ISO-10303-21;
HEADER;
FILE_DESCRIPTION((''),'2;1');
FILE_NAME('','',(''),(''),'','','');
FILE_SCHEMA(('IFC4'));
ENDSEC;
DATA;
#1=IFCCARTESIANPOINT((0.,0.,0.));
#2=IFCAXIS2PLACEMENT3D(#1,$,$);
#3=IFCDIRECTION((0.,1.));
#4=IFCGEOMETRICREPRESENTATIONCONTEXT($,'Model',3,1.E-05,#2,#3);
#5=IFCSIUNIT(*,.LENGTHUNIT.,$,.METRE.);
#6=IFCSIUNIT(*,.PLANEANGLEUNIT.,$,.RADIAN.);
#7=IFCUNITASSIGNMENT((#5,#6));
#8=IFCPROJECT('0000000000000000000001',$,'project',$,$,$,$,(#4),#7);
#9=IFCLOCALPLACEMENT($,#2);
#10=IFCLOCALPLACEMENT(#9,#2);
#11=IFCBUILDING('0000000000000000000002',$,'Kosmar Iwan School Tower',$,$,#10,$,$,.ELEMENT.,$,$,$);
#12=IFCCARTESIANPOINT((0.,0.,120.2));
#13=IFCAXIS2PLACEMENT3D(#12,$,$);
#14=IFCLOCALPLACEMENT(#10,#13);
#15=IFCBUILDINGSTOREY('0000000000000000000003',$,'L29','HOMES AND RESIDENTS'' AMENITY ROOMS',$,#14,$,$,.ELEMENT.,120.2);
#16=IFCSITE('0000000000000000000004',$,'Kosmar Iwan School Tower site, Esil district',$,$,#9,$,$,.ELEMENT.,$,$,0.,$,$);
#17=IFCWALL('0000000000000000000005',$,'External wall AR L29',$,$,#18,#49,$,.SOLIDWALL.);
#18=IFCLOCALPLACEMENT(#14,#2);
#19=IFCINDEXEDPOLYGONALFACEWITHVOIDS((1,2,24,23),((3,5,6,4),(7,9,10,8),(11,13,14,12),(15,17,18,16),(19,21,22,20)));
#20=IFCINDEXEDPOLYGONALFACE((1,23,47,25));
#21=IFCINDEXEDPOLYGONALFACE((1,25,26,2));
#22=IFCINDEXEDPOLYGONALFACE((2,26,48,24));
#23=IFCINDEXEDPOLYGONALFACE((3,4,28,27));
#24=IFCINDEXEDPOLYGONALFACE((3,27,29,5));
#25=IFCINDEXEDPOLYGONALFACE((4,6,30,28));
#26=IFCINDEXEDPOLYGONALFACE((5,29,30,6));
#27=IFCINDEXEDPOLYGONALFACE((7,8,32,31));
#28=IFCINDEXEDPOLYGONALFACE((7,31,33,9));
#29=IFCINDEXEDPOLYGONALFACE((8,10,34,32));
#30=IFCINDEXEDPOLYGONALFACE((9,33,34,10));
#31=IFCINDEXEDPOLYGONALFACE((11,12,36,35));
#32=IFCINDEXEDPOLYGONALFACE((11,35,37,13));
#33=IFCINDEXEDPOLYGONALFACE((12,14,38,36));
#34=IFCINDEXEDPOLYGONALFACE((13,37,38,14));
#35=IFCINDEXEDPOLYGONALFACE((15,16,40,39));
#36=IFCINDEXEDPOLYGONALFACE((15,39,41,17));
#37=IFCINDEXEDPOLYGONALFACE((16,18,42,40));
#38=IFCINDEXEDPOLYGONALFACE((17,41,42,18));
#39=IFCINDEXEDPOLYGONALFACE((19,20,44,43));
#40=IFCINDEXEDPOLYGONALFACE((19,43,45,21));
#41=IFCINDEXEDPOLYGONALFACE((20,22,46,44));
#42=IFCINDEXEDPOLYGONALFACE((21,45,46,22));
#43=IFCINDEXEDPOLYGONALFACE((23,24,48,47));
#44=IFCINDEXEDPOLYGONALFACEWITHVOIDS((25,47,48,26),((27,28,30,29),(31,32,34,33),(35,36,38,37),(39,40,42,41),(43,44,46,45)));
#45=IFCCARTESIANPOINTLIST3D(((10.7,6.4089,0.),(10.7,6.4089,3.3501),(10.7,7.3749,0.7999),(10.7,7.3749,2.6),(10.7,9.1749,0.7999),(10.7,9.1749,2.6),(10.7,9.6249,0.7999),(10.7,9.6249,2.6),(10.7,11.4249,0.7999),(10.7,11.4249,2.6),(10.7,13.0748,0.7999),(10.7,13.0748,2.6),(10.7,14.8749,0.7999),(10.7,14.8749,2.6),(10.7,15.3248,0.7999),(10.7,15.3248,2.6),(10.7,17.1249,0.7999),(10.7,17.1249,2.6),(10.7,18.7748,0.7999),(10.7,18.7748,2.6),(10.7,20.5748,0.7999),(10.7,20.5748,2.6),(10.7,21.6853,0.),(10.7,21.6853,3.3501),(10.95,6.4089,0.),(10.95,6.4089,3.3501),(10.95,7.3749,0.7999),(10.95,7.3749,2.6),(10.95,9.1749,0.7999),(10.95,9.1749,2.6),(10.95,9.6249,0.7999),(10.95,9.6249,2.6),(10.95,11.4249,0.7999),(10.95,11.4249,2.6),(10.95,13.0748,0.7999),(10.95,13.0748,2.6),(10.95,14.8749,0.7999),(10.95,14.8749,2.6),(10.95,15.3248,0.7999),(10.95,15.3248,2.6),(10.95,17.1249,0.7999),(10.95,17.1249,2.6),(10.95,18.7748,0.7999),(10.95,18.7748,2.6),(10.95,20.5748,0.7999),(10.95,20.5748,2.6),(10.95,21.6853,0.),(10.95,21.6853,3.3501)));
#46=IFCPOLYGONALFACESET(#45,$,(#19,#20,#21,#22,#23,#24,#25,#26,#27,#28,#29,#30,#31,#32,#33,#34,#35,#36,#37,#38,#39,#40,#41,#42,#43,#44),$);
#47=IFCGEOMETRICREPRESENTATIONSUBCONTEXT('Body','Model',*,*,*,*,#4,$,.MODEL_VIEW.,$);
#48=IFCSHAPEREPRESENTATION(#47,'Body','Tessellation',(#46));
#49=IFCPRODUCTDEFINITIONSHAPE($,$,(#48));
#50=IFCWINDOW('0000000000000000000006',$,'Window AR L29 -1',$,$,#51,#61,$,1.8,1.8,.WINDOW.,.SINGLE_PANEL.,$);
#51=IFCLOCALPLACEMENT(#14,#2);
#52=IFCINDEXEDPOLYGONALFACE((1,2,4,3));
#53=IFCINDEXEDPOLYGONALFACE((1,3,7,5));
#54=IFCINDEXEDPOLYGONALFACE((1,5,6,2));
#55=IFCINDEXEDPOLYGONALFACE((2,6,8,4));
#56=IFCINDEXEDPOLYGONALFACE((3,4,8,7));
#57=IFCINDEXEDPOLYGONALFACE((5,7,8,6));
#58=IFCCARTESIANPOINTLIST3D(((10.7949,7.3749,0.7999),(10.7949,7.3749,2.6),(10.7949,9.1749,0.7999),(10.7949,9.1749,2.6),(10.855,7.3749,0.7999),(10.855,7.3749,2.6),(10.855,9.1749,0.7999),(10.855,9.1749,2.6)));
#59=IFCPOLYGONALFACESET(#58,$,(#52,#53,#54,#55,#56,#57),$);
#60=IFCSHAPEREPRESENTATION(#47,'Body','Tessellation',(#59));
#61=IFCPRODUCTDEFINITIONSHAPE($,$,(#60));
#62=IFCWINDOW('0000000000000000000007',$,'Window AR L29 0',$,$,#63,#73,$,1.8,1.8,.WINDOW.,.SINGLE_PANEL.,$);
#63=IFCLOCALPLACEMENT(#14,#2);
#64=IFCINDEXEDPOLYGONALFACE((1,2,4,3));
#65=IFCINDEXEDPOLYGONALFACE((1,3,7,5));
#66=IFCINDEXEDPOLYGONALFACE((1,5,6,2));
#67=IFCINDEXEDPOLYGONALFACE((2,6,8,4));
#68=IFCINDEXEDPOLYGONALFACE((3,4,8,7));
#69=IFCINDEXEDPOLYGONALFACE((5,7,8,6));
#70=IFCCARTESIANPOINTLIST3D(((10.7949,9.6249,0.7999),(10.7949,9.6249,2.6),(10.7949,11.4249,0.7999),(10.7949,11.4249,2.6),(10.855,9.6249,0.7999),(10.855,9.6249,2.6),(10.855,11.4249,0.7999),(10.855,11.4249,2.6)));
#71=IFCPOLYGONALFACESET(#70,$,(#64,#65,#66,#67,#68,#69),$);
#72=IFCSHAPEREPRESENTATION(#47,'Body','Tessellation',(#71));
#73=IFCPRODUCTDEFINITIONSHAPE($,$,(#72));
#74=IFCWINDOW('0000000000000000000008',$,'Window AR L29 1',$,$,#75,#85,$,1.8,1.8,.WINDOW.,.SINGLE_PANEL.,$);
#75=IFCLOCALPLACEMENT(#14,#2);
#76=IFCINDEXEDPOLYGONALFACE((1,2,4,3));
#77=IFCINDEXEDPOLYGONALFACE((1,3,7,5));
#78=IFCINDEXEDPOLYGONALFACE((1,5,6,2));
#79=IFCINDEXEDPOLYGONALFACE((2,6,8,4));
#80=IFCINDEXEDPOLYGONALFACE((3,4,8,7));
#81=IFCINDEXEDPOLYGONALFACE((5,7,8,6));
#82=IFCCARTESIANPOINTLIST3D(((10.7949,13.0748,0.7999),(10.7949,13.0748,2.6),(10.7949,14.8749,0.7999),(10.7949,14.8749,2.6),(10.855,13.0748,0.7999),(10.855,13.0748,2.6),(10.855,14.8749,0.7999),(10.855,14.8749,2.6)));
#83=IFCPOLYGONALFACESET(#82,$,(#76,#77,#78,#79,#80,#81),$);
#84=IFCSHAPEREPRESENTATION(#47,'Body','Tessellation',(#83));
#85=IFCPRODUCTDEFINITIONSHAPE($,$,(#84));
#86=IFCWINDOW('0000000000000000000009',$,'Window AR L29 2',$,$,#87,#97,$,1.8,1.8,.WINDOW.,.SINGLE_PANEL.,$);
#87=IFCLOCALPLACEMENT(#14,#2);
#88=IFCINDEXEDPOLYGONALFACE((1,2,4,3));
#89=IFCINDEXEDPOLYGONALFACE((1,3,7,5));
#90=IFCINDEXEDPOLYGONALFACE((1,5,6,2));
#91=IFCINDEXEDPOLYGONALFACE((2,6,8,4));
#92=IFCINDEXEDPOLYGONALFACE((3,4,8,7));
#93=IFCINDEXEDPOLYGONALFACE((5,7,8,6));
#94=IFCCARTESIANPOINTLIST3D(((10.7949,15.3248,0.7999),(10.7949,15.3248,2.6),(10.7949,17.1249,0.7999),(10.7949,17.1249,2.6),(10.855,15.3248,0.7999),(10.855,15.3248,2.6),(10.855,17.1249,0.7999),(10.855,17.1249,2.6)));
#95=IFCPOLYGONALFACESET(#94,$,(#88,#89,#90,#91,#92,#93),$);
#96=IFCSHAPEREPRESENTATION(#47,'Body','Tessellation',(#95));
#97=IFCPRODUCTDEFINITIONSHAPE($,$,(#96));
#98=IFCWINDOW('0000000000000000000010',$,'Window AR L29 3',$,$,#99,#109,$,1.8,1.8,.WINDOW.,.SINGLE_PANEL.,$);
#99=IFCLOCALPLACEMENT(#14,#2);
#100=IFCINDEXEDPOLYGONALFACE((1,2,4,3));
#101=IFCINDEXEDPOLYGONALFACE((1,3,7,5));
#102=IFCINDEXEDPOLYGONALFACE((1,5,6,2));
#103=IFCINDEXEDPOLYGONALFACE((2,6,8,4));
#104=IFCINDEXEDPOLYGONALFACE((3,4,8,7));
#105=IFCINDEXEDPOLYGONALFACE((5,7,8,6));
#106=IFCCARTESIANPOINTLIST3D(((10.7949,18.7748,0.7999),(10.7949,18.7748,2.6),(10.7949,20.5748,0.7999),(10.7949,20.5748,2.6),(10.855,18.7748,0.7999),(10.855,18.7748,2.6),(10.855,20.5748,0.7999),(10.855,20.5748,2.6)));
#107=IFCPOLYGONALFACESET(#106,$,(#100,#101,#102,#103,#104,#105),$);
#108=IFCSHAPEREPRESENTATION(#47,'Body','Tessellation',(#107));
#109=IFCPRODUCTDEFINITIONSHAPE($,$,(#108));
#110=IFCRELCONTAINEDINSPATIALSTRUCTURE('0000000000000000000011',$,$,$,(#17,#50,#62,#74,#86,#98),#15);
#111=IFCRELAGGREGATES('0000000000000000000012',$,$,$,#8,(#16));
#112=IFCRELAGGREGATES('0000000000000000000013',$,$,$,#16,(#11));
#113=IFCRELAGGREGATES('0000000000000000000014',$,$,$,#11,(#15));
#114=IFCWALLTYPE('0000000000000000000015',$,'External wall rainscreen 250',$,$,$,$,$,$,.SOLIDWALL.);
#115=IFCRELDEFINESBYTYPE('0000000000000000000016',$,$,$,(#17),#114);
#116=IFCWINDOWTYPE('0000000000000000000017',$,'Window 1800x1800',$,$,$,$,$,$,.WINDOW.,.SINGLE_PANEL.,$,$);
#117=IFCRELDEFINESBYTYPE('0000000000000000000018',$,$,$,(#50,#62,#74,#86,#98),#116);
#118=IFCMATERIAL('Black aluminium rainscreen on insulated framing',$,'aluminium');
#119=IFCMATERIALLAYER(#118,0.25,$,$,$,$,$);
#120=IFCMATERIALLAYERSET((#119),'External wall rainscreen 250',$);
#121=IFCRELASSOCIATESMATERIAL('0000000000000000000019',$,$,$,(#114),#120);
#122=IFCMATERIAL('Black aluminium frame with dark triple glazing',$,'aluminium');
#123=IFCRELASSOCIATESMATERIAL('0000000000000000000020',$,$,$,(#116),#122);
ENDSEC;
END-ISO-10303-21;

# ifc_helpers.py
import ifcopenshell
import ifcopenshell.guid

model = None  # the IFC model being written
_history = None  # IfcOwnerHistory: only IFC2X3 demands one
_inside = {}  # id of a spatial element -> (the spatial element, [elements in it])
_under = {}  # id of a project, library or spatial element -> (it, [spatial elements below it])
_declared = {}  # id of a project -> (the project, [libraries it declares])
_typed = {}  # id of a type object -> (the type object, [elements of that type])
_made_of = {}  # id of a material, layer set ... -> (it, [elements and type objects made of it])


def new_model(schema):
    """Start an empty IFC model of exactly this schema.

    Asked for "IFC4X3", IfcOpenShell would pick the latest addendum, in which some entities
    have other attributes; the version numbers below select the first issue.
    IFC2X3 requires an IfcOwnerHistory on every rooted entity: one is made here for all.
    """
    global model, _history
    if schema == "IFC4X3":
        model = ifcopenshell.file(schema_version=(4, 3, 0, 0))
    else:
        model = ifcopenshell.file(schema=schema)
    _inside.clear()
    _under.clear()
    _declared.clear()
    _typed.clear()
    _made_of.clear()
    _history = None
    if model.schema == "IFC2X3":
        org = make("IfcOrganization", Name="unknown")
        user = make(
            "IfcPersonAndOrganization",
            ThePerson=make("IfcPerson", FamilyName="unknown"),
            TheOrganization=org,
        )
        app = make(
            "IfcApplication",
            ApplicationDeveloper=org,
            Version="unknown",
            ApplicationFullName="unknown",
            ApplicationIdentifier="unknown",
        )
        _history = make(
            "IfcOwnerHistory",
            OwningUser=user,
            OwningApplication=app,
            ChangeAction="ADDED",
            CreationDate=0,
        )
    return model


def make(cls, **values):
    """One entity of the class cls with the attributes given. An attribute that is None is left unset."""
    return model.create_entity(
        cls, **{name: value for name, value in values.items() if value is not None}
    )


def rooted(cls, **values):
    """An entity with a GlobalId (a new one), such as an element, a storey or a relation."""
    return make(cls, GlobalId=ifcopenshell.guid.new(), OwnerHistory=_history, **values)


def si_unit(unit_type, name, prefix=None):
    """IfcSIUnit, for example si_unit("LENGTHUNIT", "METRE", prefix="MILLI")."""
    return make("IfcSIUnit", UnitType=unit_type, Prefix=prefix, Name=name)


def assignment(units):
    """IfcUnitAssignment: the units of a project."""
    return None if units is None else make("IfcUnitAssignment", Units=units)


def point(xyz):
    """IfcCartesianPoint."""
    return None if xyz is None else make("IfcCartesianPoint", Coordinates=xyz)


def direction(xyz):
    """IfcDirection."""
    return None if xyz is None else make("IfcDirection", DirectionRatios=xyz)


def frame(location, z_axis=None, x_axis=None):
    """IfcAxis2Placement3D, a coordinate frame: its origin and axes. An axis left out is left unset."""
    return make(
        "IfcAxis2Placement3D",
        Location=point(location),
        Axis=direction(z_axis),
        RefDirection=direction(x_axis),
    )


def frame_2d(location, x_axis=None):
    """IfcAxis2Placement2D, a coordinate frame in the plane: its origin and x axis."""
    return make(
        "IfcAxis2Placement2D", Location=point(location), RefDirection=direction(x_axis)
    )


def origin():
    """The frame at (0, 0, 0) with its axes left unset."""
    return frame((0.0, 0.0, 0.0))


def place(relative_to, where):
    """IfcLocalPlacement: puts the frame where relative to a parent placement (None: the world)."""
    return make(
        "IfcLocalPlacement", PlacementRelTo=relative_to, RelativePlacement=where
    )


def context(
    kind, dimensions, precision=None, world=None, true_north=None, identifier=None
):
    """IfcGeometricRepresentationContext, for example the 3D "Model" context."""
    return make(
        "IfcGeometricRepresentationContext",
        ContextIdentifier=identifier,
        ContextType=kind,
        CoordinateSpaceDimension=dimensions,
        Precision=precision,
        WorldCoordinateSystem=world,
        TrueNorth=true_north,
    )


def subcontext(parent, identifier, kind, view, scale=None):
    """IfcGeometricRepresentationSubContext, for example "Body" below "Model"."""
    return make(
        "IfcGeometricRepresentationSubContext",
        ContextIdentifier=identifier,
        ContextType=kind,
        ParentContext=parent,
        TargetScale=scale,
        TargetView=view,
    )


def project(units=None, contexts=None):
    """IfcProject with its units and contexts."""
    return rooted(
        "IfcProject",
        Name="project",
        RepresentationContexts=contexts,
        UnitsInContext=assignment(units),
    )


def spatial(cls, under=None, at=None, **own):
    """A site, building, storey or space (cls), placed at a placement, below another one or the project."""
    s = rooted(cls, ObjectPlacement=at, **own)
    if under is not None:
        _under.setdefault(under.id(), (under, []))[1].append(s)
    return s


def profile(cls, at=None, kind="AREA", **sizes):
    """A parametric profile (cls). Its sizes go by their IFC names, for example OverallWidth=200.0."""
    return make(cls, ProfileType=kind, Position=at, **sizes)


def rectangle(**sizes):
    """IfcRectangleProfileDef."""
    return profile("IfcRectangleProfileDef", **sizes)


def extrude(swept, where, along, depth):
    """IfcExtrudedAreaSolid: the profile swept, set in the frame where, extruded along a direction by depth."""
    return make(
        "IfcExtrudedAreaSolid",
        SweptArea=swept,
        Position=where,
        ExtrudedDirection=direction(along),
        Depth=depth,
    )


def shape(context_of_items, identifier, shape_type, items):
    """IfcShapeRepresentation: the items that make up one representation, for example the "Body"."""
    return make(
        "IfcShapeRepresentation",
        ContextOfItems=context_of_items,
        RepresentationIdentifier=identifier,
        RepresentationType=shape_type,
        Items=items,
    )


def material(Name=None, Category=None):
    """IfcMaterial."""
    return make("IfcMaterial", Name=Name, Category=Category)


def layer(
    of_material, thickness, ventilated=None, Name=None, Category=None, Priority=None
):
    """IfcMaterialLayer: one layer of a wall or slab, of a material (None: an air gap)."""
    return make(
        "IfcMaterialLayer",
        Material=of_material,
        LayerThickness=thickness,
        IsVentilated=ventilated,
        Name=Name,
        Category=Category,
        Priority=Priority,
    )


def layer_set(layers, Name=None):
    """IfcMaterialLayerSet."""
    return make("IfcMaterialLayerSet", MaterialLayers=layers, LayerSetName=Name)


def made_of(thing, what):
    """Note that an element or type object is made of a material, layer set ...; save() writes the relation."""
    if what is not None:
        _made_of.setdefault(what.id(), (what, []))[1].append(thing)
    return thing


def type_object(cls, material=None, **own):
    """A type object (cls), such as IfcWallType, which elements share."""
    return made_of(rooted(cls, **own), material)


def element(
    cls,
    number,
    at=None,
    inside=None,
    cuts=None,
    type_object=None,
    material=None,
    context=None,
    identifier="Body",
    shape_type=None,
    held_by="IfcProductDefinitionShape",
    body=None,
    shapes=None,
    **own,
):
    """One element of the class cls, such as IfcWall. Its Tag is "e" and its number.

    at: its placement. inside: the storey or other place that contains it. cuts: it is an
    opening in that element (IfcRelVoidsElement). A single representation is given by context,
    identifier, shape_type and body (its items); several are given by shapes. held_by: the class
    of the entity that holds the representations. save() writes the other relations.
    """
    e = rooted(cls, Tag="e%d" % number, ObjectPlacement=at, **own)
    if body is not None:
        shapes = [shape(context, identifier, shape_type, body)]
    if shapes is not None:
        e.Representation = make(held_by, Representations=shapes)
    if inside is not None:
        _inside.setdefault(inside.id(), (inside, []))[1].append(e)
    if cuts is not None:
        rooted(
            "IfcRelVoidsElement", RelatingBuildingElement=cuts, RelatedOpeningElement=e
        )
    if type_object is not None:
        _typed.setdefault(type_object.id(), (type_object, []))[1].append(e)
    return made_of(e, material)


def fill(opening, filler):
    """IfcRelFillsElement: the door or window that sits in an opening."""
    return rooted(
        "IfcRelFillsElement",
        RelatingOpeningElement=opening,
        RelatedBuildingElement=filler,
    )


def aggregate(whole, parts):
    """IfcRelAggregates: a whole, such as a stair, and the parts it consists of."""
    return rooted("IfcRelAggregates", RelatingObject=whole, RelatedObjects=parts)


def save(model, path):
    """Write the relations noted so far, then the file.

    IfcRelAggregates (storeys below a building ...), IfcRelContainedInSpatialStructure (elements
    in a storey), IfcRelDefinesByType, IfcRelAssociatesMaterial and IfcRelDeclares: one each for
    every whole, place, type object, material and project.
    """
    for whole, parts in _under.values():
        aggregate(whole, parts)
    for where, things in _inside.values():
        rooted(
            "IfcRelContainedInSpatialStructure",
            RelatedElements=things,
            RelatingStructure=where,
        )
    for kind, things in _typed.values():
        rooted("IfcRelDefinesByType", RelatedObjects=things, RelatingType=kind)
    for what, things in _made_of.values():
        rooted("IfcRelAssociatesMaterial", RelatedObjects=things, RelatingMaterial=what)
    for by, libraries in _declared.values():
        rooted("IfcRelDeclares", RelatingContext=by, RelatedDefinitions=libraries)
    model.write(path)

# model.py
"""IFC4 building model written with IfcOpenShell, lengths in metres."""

from ifc_helpers import new_model, si_unit, direction, frame, frame_2d, origin, place, context, subcontext, project, spatial, rectangle, extrude, material, layer, layer_set, type_object, element, fill, save


model = new_model("IFC4")

# Units and contexts
model_context = context("Model", 3, precision=1e-05, world=origin(), true_north=direction((0.0, 1.0)))
body_context = subcontext(model_context, "Body", "Model", "MODEL_VIEW")
ifc_project = project(units=[si_unit("LENGTHUNIT", "METRE"), si_unit("PLANEANGLEUNIT", "RADIAN")], contexts=[model_context])

# Site, building, storey
site_placement = place(None, origin())
site = spatial("IfcSite", under=ifc_project, at=site_placement, Name="Kosmar Iwan School Tower site, Esil district", CompositionType="ELEMENT", RefElevation=0.0)
building_placement = place(site_placement, origin())
building = spatial("IfcBuilding", under=site, at=building_placement, Name="Kosmar Iwan School Tower", CompositionType="ELEMENT")
storey_placement = place(building_placement, frame((0.0, 0.0, 120.2)))
storey = spatial("IfcBuildingStorey", under=building, at=storey_placement, Name="L29", Description="HOMES AND RESIDENTS' AMENITY ROOMS", CompositionType="ELEMENT", Elevation=120.2)

# Wall, openings, windows
ifc_material_1 = material(Name="Black aluminium rainscreen on insulated framing", Category="aluminium")
ifc_layer = layer(ifc_material_1, 0.25)
ifc_layer_set = layer_set([ifc_layer], Name="External wall rainscreen 250")
wall_type = type_object("IfcWallType", Name="External wall rainscreen 250", PredefinedType="SOLIDWALL", material=ifc_layer_set)
ifc_material_2 = material(Name="Black aluminium frame with dark triple glazing", Category="aluminium")
window_type = type_object("IfcWindowType", Name="Window 1800x1800", PartitioningType="SINGLE_PANEL", PredefinedType="WINDOW", material=ifc_material_2)
wall_1_placement = place(storey_placement, frame((10.825, 6.4089, 0.0), z_axis=(0.0, 0.0, 1.0), x_axis=(0.0, 1.0, 0.0)))
wall_1 = element("IfcWall", 1, at=wall_1_placement, inside=storey, type_object=wall_type, Name="External wall AR L29", PredefinedType="SOLIDWALL", context=body_context, shape_type="SweptSolid", body=[
    extrude(rectangle(XDim=15.2764, YDim=0.25, at=frame_2d((7.6382, 0.0))), origin(), (0.0, 0.0, 1.0), 3.3501),
])
opening_1_placement = place(wall_1_placement, frame((0.9661, 0.0, 0.8)))
opening_1 = element("IfcOpeningElement", 2, at=opening_1_placement, cuts=wall_1, PredefinedType="OPENING", context=body_context, shape_type="SweptSolid", body=[
    extrude(rectangle(XDim=1.8, YDim=1.8, at=frame_2d((0.8999, 0.8999))), frame((0.0, 0.137, 0.0), z_axis=(0.0, -1.0, 0.0), x_axis=(1.0, 0.0, 0.0)), (0.0, 0.0, 1.0), 0.2739),
])
opening_2_placement = place(wall_1_placement, frame((3.2161, 0.0, 0.8)))
opening_2 = element("IfcOpeningElement", 3, at=opening_2_placement, cuts=wall_1, PredefinedType="OPENING", context=body_context, shape_type="SweptSolid", body=[
    extrude(rectangle(XDim=1.8, YDim=1.8, at=frame_2d((0.8999, 0.8999))), frame((0.0, 0.137, 0.0), z_axis=(0.0, -1.0, 0.0), x_axis=(1.0, 0.0, 0.0)), (0.0, 0.0, 1.0), 0.2739),
])
opening_3_placement = place(wall_1_placement, frame((6.666, 0.0, 0.8)))
opening_3 = element("IfcOpeningElement", 4, at=opening_3_placement, cuts=wall_1, PredefinedType="OPENING", context=body_context, shape_type="SweptSolid", body=[
    extrude(rectangle(XDim=1.8, YDim=1.8, at=frame_2d((0.8999, 0.8999))), frame((0.0, 0.137, 0.0), z_axis=(0.0, -1.0, 0.0), x_axis=(1.0, 0.0, 0.0)), (0.0, 0.0, 1.0), 0.2739),
])
opening_4_placement = place(wall_1_placement, frame((8.916, 0.0, 0.8)))
opening_4 = element("IfcOpeningElement", 5, at=opening_4_placement, cuts=wall_1, PredefinedType="OPENING", context=body_context, shape_type="SweptSolid", body=[
    extrude(rectangle(XDim=1.8, YDim=1.8, at=frame_2d((0.8999, 0.8999))), frame((0.0, 0.137, 0.0), z_axis=(0.0, -1.0, 0.0), x_axis=(1.0, 0.0, 0.0)), (0.0, 0.0, 1.0), 0.2739),
])
opening_5_placement = place(wall_1_placement, frame((12.366, 0.0, 0.8)))
opening_5 = element("IfcOpeningElement", 6, at=opening_5_placement, cuts=wall_1, PredefinedType="OPENING", context=body_context, shape_type="SweptSolid", body=[
    extrude(rectangle(XDim=1.8, YDim=1.8, at=frame_2d((0.8999, 0.8999))), frame((0.0, 0.137, 0.0), z_axis=(0.0, -1.0, 0.0), x_axis=(1.0, 0.0, 0.0)), (0.0, 0.0, 1.0), 0.2739),
])
window_1_placement = place(opening_1_placement, origin())
window_1 = element("IfcWindow", 7, at=window_1_placement, inside=storey, type_object=window_type, Name="Window AR L29 -1", OverallHeight=1.8, OverallWidth=1.8, PartitioningType="SINGLE_PANEL", PredefinedType="WINDOW", context=body_context, shape_type="SweptSolid", body=[
    extrude(rectangle(XDim=1.8, YDim=1.8, at=frame_2d((0.8999, 0.8999))), frame((0.0, 0.03, 0.0), z_axis=(0.0, -1.0, 0.0), x_axis=(1.0, 0.0, 0.0)), (0.0, 0.0, 1.0), 0.0601),
])
fill(opening_1, window_1)
window_2_placement = place(opening_2_placement, origin())
window_2 = element("IfcWindow", 8, at=window_2_placement, inside=storey, type_object=window_type, Name="Window AR L29 0", OverallHeight=1.8, OverallWidth=1.8, PartitioningType="SINGLE_PANEL", PredefinedType="WINDOW", context=body_context, shape_type="SweptSolid", body=[
    extrude(rectangle(XDim=1.8, YDim=1.8, at=frame_2d((0.8999, 0.8999))), frame((0.0, 0.03, 0.0), z_axis=(0.0, -1.0, 0.0), x_axis=(1.0, 0.0, 0.0)), (0.0, 0.0, 1.0), 0.0601),
])
fill(opening_2, window_2)
window_3_placement = place(opening_3_placement, origin())
window_3 = element("IfcWindow", 9, at=window_3_placement, inside=storey, type_object=window_type, Name="Window AR L29 1", OverallHeight=1.8, OverallWidth=1.8, PartitioningType="SINGLE_PANEL", PredefinedType="WINDOW", context=body_context, shape_type="SweptSolid", body=[
    extrude(rectangle(XDim=1.8, YDim=1.8, at=frame_2d((0.8999, 0.8999))), frame((0.0, 0.03, 0.0), z_axis=(0.0, -1.0, 0.0), x_axis=(1.0, 0.0, 0.0)), (0.0, 0.0, 1.0), 0.0601),
])
fill(opening_3, window_3)
window_4_placement = place(opening_4_placement, origin())
window_4 = element("IfcWindow", 10, at=window_4_placement, inside=storey, type_object=window_type, Name="Window AR L29 2", OverallHeight=1.8, OverallWidth=1.8, PartitioningType="SINGLE_PANEL", PredefinedType="WINDOW", context=body_context, shape_type="SweptSolid", body=[
    extrude(rectangle(XDim=1.8, YDim=1.8, at=frame_2d((0.8999, 0.8999))), frame((0.0, 0.03, 0.0), z_axis=(0.0, -1.0, 0.0), x_axis=(1.0, 0.0, 0.0)), (0.0, 0.0, 1.0), 0.0601),
])
fill(opening_4, window_4)
window_5_placement = place(opening_5_placement, origin())
window_5 = element("IfcWindow", 11, at=window_5_placement, inside=storey, type_object=window_type, Name="Window AR L29 3", OverallHeight=1.8, OverallWidth=1.8, PartitioningType="SINGLE_PANEL", PredefinedType="WINDOW", context=body_context, shape_type="SweptSolid", body=[
    extrude(rectangle(XDim=1.8, YDim=1.8, at=frame_2d((0.8999, 0.8999))), frame((0.0, 0.03, 0.0), z_axis=(0.0, -1.0, 0.0), x_axis=(1.0, 0.0, 0.0)), (0.0, 0.0, 1.0), 0.0601),
])
fill(opening_5, window_5)

save(model, "model.ifc")
